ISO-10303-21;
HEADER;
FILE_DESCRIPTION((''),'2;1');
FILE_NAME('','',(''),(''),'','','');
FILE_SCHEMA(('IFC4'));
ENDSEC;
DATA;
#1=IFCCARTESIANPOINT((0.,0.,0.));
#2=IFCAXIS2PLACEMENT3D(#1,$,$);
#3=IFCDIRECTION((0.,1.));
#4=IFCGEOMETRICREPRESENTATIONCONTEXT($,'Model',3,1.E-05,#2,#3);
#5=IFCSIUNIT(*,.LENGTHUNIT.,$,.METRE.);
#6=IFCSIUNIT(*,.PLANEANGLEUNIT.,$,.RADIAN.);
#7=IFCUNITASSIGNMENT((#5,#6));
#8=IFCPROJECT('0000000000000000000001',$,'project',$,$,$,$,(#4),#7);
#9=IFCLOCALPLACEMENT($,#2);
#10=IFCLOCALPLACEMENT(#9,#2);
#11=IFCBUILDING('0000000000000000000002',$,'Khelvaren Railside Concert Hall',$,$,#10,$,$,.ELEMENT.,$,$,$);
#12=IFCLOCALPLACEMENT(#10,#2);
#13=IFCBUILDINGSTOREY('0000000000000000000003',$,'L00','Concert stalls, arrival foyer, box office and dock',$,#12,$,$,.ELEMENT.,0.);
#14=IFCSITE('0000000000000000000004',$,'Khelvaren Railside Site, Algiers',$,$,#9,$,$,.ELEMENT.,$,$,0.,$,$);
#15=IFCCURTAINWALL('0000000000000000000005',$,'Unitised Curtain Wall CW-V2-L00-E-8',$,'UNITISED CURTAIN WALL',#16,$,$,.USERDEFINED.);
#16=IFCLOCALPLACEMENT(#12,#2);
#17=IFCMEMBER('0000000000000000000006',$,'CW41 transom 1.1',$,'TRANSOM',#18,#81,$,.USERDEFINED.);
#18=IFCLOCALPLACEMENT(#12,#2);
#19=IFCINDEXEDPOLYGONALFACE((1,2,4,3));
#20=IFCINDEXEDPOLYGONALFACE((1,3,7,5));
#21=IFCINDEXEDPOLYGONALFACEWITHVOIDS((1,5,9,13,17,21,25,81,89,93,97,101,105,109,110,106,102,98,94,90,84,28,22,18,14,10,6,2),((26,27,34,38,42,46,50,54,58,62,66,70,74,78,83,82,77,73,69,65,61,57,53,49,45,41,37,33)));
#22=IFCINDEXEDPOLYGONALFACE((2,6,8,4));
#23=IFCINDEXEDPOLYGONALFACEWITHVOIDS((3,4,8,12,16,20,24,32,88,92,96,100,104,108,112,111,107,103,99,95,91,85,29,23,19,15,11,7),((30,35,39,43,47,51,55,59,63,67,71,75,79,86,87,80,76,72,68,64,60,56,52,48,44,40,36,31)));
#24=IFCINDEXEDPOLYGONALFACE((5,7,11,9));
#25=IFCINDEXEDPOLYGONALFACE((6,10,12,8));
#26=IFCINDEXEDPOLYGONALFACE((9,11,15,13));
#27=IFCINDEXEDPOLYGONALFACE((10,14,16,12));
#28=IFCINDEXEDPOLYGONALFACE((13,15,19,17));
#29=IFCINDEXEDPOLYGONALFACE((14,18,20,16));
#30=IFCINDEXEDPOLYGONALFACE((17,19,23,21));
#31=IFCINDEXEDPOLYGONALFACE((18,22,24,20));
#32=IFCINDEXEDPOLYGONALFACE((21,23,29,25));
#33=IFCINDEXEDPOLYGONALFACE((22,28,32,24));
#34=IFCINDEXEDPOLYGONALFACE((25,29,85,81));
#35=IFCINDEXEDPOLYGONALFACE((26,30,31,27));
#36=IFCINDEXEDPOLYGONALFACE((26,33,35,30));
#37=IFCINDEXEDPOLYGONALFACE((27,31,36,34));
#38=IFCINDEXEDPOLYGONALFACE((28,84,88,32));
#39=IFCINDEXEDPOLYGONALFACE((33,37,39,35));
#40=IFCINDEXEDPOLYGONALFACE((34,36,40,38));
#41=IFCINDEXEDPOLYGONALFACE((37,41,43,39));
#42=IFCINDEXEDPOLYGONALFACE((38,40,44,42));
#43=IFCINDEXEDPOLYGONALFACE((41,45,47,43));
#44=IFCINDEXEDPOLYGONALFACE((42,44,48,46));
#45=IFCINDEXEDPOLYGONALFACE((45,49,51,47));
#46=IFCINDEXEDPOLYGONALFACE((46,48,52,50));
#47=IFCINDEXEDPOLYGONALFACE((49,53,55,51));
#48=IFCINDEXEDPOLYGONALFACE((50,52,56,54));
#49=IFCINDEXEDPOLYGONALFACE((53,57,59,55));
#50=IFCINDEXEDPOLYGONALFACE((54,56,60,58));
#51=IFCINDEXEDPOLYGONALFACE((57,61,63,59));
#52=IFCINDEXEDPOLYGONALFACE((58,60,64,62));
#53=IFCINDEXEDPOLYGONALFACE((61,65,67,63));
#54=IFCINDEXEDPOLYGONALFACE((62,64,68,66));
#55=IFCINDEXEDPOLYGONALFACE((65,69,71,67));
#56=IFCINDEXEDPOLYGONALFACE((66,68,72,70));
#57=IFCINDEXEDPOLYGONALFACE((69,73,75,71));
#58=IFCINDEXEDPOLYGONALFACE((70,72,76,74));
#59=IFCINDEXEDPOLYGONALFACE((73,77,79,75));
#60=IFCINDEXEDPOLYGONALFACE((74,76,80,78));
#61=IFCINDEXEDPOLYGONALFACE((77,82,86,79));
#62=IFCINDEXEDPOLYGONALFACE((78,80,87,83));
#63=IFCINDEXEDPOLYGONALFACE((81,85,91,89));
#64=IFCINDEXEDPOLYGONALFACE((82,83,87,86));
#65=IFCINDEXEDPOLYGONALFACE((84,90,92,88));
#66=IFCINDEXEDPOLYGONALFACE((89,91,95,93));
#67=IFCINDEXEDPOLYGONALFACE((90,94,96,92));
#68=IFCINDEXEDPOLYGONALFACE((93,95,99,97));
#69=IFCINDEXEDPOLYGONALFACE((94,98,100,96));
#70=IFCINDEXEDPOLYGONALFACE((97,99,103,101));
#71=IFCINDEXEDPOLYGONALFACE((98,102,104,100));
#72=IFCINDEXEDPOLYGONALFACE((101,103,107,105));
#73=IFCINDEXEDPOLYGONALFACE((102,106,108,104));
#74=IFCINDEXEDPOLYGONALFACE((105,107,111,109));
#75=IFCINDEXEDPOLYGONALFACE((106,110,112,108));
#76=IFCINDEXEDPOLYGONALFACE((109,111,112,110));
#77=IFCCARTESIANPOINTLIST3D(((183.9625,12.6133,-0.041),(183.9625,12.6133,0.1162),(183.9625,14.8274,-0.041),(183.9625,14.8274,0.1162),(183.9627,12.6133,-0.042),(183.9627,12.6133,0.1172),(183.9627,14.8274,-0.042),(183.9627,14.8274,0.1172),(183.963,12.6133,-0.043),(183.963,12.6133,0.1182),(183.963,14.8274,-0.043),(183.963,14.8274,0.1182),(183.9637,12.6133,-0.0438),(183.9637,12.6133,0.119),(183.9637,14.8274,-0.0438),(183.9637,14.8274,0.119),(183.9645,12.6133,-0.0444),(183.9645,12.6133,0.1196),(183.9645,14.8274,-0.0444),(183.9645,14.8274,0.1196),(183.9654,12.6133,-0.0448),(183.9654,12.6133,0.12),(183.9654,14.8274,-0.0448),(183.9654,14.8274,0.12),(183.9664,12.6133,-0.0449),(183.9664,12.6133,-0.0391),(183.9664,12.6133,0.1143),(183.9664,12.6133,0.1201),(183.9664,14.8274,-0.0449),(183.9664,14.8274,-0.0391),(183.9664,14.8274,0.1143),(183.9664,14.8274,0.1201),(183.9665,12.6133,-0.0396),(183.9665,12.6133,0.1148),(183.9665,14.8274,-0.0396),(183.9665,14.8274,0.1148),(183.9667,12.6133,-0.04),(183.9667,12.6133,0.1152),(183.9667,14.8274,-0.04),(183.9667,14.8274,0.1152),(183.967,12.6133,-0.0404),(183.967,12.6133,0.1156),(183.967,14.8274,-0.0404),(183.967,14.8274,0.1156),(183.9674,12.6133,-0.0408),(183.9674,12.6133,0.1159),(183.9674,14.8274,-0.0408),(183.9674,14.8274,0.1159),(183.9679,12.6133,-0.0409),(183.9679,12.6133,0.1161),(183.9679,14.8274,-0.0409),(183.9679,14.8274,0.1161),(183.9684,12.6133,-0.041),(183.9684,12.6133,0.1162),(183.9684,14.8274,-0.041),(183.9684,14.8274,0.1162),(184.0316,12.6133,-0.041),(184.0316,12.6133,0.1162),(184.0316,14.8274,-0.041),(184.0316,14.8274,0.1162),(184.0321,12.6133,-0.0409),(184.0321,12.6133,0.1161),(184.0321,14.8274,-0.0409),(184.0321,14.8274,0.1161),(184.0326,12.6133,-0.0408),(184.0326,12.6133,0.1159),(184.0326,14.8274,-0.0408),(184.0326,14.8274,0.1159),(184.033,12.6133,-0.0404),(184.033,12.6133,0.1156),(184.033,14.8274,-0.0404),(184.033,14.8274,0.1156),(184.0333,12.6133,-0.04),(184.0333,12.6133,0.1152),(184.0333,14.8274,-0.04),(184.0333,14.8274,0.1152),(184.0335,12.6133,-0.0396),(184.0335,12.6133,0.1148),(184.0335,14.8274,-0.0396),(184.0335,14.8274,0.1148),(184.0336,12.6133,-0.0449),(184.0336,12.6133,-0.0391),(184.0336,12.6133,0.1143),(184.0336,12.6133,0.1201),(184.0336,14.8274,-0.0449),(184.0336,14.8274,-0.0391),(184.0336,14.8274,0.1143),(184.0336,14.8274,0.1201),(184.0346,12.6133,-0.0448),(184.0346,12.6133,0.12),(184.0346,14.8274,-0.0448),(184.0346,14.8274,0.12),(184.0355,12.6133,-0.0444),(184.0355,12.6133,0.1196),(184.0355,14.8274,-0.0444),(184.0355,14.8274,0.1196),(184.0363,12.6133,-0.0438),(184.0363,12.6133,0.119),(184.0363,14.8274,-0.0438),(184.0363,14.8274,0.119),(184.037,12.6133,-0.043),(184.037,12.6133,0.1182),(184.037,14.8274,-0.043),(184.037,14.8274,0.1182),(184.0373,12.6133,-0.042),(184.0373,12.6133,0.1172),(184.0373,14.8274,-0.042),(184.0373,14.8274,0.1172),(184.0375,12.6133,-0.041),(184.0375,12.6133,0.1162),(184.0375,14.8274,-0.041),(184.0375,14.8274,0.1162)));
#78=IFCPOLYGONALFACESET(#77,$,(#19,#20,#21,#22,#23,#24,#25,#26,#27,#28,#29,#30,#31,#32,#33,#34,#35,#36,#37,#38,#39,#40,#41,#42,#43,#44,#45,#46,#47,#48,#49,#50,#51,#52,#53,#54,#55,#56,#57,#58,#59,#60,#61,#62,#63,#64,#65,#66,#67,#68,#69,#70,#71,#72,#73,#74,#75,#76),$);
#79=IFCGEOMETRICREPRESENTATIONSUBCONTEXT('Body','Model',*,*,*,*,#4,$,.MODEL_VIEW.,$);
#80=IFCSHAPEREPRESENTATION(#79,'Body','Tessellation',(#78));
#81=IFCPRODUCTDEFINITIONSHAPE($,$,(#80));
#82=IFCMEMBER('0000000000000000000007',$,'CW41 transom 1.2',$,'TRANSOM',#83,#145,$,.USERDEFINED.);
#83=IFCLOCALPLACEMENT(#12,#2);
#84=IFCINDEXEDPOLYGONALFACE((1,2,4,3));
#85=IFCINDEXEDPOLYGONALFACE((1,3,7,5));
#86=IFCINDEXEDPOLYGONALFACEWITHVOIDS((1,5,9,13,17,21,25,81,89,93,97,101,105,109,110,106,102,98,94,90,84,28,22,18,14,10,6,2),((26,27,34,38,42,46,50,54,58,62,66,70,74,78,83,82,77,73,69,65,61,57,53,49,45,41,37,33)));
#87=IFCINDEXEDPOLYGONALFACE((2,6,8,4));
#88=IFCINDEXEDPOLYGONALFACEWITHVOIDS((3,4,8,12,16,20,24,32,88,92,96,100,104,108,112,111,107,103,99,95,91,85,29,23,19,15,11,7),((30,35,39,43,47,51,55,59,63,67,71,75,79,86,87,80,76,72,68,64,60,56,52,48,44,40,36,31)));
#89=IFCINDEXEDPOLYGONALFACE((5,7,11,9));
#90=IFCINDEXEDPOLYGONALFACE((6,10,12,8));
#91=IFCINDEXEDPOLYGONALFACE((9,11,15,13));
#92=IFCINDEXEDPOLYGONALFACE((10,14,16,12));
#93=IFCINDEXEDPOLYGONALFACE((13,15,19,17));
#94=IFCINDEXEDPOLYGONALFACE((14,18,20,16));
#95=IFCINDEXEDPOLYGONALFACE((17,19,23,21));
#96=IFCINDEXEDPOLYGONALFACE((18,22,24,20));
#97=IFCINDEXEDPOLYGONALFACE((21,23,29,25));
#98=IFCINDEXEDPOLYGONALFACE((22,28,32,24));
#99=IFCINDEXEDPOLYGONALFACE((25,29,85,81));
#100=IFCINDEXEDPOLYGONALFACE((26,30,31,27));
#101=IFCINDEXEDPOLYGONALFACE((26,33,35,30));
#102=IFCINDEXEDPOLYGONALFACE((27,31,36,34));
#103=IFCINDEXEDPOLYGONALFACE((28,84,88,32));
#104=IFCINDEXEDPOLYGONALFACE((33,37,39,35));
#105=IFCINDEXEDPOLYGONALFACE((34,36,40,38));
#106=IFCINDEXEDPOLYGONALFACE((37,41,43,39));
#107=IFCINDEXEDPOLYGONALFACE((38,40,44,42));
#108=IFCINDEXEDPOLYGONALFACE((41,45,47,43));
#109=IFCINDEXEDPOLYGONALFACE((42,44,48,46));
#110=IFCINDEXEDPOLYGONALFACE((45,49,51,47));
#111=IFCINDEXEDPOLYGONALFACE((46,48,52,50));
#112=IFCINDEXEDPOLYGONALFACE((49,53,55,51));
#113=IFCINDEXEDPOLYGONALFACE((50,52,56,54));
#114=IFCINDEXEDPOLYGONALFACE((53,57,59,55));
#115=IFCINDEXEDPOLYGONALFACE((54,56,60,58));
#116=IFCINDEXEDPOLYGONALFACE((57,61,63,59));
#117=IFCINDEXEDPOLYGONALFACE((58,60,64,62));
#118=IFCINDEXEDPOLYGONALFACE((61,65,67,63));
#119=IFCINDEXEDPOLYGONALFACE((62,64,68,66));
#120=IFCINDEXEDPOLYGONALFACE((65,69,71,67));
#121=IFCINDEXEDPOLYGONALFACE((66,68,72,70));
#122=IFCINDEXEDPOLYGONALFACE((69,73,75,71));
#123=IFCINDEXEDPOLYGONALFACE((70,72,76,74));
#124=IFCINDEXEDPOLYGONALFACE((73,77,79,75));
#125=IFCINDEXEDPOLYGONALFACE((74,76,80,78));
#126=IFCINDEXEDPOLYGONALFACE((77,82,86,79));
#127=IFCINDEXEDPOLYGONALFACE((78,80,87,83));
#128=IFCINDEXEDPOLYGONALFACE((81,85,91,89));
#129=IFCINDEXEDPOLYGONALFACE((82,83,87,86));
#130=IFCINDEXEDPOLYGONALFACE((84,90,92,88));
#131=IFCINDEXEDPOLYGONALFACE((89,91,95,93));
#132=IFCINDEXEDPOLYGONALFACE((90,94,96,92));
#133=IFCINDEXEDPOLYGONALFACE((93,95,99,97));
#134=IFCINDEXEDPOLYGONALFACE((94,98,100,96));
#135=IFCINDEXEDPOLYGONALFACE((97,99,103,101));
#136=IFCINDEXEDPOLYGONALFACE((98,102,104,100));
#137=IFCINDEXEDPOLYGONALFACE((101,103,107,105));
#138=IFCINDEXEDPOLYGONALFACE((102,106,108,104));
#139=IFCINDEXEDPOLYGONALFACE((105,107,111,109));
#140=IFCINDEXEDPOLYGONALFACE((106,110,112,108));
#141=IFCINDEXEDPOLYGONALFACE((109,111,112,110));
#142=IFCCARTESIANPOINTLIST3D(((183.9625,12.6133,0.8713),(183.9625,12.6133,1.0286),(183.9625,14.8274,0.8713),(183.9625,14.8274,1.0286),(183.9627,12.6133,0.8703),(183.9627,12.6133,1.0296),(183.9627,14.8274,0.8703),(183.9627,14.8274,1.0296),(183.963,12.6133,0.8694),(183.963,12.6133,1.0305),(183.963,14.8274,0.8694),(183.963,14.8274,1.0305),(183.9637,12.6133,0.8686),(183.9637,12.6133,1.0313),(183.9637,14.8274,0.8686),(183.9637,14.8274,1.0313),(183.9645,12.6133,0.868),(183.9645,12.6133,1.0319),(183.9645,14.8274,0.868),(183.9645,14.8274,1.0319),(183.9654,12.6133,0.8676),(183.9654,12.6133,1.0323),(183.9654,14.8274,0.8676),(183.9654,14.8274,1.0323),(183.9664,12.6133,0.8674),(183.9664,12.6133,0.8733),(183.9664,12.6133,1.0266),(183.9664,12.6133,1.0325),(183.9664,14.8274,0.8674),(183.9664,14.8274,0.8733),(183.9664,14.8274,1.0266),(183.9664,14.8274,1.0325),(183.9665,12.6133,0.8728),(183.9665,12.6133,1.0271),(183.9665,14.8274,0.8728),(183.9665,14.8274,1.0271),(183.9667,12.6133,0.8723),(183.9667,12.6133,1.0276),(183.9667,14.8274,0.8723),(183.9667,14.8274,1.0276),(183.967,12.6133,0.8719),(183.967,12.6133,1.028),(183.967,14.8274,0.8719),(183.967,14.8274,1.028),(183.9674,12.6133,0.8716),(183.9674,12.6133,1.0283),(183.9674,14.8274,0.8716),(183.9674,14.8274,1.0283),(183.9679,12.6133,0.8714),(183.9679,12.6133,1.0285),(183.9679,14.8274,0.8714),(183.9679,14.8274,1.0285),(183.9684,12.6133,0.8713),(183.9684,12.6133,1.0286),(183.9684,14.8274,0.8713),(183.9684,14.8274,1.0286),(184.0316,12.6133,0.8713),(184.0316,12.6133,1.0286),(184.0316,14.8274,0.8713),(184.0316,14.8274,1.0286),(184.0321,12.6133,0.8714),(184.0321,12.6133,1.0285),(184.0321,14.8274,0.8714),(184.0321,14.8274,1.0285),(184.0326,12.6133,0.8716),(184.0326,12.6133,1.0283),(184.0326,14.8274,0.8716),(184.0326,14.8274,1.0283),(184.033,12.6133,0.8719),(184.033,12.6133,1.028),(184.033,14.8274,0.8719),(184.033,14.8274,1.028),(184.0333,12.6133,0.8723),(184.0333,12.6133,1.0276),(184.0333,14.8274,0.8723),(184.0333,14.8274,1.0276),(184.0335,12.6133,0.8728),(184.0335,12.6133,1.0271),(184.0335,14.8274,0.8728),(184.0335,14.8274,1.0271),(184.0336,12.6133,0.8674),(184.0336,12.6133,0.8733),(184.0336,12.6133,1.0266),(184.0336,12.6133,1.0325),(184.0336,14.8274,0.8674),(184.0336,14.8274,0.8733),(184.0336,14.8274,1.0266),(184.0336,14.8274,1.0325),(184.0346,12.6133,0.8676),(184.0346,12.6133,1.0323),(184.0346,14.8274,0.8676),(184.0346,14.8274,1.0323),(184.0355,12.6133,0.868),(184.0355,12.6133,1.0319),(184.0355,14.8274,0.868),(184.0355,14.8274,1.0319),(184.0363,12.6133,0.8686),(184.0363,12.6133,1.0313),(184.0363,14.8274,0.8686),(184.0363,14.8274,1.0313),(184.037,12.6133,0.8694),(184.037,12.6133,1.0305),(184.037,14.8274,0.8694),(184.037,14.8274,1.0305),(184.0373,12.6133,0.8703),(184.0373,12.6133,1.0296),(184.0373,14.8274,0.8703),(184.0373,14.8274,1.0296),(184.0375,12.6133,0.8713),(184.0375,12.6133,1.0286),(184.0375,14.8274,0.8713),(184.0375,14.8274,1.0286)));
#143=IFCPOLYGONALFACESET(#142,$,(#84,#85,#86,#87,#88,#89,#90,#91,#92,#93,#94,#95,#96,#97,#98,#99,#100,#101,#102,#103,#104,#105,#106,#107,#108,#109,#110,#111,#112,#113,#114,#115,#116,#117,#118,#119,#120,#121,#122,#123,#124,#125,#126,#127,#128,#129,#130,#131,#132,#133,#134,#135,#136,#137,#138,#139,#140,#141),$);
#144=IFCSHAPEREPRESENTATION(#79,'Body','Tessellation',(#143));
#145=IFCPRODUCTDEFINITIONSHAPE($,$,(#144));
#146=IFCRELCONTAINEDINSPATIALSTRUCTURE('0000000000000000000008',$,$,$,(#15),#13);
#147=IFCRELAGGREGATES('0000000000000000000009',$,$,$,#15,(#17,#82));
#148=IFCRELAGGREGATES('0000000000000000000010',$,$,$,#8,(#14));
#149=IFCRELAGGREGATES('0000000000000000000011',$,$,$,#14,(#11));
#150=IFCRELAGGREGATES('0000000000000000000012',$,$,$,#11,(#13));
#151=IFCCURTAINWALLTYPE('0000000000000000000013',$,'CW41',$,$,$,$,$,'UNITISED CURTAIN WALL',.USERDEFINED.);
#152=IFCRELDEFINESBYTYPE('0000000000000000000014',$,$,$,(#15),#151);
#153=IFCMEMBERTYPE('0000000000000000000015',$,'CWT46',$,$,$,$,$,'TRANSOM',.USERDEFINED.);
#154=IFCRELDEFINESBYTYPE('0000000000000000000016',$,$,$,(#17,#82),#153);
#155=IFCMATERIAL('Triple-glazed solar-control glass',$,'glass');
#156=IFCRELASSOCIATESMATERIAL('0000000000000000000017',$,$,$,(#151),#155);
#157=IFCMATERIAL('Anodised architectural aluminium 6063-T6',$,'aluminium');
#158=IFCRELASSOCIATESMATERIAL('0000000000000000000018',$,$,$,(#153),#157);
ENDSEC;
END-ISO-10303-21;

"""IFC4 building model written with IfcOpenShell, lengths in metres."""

from ifc_helpers import new_model, si_unit, direction, frame, origin, origin_2d, place, context, subcontext, project, spatial, hollow_rectangle, extrude, material, material_profile, profile_set, type_object, element, aggregate, save


model = new_model("IFC4")

# Units and contexts
model_context = context("Model", 3, precision=1e-05, world=origin(), true_north=direction((0.0, 1.0)))
body_context = subcontext(model_context, "Body", "Model", "MODEL_VIEW")
ifc_project = project(units=[si_unit("LENGTHUNIT", "METRE"), si_unit("PLANEANGLEUNIT", "RADIAN")], contexts=[model_context])

# Site, building, storey
site_placement = place(None, origin())
site = spatial("IfcSite", under=ifc_project, at=site_placement, Name="Khelvaren Railside Site, Algiers", CompositionType="ELEMENT", RefElevation=0.0)
building_placement = place(site_placement, origin())
building = spatial("IfcBuilding", under=site, at=building_placement, Name="Khelvaren Railside Concert Hall", CompositionType="ELEMENT")
storey_placement = place(building_placement, origin())
storey = spatial("IfcBuildingStorey", under=building, at=storey_placement, Name="L00", Description="Concert stalls, arrival foyer, box office and dock", CompositionType="ELEMENT", Elevation=0.0)

# Curtain wall
ifc_material_1 = material(Name="Triple-glazed solar-control glass", Category="glass")
curtain_wall_type_1 = type_object("IfcCurtainWallType", Name="CW41", ElementType="UNITISED CURTAIN WALL", PredefinedType="USERDEFINED", material=ifc_material_1)
curtain_wall_1_placement = place(storey_placement, origin())
curtain_wall_1 = element("IfcCurtainWall", 1, at=curtain_wall_1_placement, inside=storey, type_object=curtain_wall_type_1, Name="Unitised Curtain Wall CW-V2-L00-E-8", ObjectType="UNITISED CURTAIN WALL", PredefinedType="USERDEFINED")
ifc_material_2 = material(Name="Anodised architectural aluminium 6063-T6", Category="aluminium")

# Members
ifc_material_profile_1 = material_profile(ifc_material_2, hollow_rectangle(XDim=0.075, YDim=0.165, WallThickness=0.0039, InnerFilletRadius=0.002, OuterFilletRadius=0.0039, at=origin_2d()), Name="CWT 75x165x4")
ifc_profile_set_1 = profile_set([ifc_material_profile_1], Name="Anodised architectural aluminium 6063-T6")
member_type_1 = type_object("IfcMemberType", Name="CWT46", ElementType="TRANSOM", PredefinedType="USERDEFINED", material=ifc_profile_set_1)
member_1_placement = place(storey_placement, frame((184.0, 14.8274, 0.0376), z_axis=(0.0, -1.0, 0.0), x_axis=(1.0, 0.0, 0.0)))
member_1 = element("IfcMember", 2, at=member_1_placement, type_object=member_type_1, Name="CW41 transom 1.1", ObjectType="TRANSOM", PredefinedType="USERDEFINED", context=body_context, shape_type="SweptSolid", body=[
    extrude(hollow_rectangle(XDim=0.075, YDim=0.165, WallThickness=0.0039, InnerFilletRadius=0.002, OuterFilletRadius=0.0039, at=origin_2d()), origin(), (0.0, 0.0, 1.0), 2.2141),
])
member_2_placement = place(storey_placement, frame((184.0, 14.8274, 0.95), z_axis=(0.0, -1.0, 0.0), x_axis=(1.0, 0.0, 0.0)))
member_2 = element("IfcMember", 3, at=member_2_placement, type_object=member_type_1, Name="CW41 transom 1.2", ObjectType="TRANSOM", PredefinedType="USERDEFINED", context=body_context, shape_type="SweptSolid", body=[
    extrude(hollow_rectangle(XDim=0.075, YDim=0.165, WallThickness=0.0039, InnerFilletRadius=0.002, OuterFilletRadius=0.0039, at=origin_2d()), origin(), (0.0, 0.0, 1.0), 2.2141),
])

aggregate(curtain_wall_1, [member_1, member_2])

save(model, "model.ifc")
